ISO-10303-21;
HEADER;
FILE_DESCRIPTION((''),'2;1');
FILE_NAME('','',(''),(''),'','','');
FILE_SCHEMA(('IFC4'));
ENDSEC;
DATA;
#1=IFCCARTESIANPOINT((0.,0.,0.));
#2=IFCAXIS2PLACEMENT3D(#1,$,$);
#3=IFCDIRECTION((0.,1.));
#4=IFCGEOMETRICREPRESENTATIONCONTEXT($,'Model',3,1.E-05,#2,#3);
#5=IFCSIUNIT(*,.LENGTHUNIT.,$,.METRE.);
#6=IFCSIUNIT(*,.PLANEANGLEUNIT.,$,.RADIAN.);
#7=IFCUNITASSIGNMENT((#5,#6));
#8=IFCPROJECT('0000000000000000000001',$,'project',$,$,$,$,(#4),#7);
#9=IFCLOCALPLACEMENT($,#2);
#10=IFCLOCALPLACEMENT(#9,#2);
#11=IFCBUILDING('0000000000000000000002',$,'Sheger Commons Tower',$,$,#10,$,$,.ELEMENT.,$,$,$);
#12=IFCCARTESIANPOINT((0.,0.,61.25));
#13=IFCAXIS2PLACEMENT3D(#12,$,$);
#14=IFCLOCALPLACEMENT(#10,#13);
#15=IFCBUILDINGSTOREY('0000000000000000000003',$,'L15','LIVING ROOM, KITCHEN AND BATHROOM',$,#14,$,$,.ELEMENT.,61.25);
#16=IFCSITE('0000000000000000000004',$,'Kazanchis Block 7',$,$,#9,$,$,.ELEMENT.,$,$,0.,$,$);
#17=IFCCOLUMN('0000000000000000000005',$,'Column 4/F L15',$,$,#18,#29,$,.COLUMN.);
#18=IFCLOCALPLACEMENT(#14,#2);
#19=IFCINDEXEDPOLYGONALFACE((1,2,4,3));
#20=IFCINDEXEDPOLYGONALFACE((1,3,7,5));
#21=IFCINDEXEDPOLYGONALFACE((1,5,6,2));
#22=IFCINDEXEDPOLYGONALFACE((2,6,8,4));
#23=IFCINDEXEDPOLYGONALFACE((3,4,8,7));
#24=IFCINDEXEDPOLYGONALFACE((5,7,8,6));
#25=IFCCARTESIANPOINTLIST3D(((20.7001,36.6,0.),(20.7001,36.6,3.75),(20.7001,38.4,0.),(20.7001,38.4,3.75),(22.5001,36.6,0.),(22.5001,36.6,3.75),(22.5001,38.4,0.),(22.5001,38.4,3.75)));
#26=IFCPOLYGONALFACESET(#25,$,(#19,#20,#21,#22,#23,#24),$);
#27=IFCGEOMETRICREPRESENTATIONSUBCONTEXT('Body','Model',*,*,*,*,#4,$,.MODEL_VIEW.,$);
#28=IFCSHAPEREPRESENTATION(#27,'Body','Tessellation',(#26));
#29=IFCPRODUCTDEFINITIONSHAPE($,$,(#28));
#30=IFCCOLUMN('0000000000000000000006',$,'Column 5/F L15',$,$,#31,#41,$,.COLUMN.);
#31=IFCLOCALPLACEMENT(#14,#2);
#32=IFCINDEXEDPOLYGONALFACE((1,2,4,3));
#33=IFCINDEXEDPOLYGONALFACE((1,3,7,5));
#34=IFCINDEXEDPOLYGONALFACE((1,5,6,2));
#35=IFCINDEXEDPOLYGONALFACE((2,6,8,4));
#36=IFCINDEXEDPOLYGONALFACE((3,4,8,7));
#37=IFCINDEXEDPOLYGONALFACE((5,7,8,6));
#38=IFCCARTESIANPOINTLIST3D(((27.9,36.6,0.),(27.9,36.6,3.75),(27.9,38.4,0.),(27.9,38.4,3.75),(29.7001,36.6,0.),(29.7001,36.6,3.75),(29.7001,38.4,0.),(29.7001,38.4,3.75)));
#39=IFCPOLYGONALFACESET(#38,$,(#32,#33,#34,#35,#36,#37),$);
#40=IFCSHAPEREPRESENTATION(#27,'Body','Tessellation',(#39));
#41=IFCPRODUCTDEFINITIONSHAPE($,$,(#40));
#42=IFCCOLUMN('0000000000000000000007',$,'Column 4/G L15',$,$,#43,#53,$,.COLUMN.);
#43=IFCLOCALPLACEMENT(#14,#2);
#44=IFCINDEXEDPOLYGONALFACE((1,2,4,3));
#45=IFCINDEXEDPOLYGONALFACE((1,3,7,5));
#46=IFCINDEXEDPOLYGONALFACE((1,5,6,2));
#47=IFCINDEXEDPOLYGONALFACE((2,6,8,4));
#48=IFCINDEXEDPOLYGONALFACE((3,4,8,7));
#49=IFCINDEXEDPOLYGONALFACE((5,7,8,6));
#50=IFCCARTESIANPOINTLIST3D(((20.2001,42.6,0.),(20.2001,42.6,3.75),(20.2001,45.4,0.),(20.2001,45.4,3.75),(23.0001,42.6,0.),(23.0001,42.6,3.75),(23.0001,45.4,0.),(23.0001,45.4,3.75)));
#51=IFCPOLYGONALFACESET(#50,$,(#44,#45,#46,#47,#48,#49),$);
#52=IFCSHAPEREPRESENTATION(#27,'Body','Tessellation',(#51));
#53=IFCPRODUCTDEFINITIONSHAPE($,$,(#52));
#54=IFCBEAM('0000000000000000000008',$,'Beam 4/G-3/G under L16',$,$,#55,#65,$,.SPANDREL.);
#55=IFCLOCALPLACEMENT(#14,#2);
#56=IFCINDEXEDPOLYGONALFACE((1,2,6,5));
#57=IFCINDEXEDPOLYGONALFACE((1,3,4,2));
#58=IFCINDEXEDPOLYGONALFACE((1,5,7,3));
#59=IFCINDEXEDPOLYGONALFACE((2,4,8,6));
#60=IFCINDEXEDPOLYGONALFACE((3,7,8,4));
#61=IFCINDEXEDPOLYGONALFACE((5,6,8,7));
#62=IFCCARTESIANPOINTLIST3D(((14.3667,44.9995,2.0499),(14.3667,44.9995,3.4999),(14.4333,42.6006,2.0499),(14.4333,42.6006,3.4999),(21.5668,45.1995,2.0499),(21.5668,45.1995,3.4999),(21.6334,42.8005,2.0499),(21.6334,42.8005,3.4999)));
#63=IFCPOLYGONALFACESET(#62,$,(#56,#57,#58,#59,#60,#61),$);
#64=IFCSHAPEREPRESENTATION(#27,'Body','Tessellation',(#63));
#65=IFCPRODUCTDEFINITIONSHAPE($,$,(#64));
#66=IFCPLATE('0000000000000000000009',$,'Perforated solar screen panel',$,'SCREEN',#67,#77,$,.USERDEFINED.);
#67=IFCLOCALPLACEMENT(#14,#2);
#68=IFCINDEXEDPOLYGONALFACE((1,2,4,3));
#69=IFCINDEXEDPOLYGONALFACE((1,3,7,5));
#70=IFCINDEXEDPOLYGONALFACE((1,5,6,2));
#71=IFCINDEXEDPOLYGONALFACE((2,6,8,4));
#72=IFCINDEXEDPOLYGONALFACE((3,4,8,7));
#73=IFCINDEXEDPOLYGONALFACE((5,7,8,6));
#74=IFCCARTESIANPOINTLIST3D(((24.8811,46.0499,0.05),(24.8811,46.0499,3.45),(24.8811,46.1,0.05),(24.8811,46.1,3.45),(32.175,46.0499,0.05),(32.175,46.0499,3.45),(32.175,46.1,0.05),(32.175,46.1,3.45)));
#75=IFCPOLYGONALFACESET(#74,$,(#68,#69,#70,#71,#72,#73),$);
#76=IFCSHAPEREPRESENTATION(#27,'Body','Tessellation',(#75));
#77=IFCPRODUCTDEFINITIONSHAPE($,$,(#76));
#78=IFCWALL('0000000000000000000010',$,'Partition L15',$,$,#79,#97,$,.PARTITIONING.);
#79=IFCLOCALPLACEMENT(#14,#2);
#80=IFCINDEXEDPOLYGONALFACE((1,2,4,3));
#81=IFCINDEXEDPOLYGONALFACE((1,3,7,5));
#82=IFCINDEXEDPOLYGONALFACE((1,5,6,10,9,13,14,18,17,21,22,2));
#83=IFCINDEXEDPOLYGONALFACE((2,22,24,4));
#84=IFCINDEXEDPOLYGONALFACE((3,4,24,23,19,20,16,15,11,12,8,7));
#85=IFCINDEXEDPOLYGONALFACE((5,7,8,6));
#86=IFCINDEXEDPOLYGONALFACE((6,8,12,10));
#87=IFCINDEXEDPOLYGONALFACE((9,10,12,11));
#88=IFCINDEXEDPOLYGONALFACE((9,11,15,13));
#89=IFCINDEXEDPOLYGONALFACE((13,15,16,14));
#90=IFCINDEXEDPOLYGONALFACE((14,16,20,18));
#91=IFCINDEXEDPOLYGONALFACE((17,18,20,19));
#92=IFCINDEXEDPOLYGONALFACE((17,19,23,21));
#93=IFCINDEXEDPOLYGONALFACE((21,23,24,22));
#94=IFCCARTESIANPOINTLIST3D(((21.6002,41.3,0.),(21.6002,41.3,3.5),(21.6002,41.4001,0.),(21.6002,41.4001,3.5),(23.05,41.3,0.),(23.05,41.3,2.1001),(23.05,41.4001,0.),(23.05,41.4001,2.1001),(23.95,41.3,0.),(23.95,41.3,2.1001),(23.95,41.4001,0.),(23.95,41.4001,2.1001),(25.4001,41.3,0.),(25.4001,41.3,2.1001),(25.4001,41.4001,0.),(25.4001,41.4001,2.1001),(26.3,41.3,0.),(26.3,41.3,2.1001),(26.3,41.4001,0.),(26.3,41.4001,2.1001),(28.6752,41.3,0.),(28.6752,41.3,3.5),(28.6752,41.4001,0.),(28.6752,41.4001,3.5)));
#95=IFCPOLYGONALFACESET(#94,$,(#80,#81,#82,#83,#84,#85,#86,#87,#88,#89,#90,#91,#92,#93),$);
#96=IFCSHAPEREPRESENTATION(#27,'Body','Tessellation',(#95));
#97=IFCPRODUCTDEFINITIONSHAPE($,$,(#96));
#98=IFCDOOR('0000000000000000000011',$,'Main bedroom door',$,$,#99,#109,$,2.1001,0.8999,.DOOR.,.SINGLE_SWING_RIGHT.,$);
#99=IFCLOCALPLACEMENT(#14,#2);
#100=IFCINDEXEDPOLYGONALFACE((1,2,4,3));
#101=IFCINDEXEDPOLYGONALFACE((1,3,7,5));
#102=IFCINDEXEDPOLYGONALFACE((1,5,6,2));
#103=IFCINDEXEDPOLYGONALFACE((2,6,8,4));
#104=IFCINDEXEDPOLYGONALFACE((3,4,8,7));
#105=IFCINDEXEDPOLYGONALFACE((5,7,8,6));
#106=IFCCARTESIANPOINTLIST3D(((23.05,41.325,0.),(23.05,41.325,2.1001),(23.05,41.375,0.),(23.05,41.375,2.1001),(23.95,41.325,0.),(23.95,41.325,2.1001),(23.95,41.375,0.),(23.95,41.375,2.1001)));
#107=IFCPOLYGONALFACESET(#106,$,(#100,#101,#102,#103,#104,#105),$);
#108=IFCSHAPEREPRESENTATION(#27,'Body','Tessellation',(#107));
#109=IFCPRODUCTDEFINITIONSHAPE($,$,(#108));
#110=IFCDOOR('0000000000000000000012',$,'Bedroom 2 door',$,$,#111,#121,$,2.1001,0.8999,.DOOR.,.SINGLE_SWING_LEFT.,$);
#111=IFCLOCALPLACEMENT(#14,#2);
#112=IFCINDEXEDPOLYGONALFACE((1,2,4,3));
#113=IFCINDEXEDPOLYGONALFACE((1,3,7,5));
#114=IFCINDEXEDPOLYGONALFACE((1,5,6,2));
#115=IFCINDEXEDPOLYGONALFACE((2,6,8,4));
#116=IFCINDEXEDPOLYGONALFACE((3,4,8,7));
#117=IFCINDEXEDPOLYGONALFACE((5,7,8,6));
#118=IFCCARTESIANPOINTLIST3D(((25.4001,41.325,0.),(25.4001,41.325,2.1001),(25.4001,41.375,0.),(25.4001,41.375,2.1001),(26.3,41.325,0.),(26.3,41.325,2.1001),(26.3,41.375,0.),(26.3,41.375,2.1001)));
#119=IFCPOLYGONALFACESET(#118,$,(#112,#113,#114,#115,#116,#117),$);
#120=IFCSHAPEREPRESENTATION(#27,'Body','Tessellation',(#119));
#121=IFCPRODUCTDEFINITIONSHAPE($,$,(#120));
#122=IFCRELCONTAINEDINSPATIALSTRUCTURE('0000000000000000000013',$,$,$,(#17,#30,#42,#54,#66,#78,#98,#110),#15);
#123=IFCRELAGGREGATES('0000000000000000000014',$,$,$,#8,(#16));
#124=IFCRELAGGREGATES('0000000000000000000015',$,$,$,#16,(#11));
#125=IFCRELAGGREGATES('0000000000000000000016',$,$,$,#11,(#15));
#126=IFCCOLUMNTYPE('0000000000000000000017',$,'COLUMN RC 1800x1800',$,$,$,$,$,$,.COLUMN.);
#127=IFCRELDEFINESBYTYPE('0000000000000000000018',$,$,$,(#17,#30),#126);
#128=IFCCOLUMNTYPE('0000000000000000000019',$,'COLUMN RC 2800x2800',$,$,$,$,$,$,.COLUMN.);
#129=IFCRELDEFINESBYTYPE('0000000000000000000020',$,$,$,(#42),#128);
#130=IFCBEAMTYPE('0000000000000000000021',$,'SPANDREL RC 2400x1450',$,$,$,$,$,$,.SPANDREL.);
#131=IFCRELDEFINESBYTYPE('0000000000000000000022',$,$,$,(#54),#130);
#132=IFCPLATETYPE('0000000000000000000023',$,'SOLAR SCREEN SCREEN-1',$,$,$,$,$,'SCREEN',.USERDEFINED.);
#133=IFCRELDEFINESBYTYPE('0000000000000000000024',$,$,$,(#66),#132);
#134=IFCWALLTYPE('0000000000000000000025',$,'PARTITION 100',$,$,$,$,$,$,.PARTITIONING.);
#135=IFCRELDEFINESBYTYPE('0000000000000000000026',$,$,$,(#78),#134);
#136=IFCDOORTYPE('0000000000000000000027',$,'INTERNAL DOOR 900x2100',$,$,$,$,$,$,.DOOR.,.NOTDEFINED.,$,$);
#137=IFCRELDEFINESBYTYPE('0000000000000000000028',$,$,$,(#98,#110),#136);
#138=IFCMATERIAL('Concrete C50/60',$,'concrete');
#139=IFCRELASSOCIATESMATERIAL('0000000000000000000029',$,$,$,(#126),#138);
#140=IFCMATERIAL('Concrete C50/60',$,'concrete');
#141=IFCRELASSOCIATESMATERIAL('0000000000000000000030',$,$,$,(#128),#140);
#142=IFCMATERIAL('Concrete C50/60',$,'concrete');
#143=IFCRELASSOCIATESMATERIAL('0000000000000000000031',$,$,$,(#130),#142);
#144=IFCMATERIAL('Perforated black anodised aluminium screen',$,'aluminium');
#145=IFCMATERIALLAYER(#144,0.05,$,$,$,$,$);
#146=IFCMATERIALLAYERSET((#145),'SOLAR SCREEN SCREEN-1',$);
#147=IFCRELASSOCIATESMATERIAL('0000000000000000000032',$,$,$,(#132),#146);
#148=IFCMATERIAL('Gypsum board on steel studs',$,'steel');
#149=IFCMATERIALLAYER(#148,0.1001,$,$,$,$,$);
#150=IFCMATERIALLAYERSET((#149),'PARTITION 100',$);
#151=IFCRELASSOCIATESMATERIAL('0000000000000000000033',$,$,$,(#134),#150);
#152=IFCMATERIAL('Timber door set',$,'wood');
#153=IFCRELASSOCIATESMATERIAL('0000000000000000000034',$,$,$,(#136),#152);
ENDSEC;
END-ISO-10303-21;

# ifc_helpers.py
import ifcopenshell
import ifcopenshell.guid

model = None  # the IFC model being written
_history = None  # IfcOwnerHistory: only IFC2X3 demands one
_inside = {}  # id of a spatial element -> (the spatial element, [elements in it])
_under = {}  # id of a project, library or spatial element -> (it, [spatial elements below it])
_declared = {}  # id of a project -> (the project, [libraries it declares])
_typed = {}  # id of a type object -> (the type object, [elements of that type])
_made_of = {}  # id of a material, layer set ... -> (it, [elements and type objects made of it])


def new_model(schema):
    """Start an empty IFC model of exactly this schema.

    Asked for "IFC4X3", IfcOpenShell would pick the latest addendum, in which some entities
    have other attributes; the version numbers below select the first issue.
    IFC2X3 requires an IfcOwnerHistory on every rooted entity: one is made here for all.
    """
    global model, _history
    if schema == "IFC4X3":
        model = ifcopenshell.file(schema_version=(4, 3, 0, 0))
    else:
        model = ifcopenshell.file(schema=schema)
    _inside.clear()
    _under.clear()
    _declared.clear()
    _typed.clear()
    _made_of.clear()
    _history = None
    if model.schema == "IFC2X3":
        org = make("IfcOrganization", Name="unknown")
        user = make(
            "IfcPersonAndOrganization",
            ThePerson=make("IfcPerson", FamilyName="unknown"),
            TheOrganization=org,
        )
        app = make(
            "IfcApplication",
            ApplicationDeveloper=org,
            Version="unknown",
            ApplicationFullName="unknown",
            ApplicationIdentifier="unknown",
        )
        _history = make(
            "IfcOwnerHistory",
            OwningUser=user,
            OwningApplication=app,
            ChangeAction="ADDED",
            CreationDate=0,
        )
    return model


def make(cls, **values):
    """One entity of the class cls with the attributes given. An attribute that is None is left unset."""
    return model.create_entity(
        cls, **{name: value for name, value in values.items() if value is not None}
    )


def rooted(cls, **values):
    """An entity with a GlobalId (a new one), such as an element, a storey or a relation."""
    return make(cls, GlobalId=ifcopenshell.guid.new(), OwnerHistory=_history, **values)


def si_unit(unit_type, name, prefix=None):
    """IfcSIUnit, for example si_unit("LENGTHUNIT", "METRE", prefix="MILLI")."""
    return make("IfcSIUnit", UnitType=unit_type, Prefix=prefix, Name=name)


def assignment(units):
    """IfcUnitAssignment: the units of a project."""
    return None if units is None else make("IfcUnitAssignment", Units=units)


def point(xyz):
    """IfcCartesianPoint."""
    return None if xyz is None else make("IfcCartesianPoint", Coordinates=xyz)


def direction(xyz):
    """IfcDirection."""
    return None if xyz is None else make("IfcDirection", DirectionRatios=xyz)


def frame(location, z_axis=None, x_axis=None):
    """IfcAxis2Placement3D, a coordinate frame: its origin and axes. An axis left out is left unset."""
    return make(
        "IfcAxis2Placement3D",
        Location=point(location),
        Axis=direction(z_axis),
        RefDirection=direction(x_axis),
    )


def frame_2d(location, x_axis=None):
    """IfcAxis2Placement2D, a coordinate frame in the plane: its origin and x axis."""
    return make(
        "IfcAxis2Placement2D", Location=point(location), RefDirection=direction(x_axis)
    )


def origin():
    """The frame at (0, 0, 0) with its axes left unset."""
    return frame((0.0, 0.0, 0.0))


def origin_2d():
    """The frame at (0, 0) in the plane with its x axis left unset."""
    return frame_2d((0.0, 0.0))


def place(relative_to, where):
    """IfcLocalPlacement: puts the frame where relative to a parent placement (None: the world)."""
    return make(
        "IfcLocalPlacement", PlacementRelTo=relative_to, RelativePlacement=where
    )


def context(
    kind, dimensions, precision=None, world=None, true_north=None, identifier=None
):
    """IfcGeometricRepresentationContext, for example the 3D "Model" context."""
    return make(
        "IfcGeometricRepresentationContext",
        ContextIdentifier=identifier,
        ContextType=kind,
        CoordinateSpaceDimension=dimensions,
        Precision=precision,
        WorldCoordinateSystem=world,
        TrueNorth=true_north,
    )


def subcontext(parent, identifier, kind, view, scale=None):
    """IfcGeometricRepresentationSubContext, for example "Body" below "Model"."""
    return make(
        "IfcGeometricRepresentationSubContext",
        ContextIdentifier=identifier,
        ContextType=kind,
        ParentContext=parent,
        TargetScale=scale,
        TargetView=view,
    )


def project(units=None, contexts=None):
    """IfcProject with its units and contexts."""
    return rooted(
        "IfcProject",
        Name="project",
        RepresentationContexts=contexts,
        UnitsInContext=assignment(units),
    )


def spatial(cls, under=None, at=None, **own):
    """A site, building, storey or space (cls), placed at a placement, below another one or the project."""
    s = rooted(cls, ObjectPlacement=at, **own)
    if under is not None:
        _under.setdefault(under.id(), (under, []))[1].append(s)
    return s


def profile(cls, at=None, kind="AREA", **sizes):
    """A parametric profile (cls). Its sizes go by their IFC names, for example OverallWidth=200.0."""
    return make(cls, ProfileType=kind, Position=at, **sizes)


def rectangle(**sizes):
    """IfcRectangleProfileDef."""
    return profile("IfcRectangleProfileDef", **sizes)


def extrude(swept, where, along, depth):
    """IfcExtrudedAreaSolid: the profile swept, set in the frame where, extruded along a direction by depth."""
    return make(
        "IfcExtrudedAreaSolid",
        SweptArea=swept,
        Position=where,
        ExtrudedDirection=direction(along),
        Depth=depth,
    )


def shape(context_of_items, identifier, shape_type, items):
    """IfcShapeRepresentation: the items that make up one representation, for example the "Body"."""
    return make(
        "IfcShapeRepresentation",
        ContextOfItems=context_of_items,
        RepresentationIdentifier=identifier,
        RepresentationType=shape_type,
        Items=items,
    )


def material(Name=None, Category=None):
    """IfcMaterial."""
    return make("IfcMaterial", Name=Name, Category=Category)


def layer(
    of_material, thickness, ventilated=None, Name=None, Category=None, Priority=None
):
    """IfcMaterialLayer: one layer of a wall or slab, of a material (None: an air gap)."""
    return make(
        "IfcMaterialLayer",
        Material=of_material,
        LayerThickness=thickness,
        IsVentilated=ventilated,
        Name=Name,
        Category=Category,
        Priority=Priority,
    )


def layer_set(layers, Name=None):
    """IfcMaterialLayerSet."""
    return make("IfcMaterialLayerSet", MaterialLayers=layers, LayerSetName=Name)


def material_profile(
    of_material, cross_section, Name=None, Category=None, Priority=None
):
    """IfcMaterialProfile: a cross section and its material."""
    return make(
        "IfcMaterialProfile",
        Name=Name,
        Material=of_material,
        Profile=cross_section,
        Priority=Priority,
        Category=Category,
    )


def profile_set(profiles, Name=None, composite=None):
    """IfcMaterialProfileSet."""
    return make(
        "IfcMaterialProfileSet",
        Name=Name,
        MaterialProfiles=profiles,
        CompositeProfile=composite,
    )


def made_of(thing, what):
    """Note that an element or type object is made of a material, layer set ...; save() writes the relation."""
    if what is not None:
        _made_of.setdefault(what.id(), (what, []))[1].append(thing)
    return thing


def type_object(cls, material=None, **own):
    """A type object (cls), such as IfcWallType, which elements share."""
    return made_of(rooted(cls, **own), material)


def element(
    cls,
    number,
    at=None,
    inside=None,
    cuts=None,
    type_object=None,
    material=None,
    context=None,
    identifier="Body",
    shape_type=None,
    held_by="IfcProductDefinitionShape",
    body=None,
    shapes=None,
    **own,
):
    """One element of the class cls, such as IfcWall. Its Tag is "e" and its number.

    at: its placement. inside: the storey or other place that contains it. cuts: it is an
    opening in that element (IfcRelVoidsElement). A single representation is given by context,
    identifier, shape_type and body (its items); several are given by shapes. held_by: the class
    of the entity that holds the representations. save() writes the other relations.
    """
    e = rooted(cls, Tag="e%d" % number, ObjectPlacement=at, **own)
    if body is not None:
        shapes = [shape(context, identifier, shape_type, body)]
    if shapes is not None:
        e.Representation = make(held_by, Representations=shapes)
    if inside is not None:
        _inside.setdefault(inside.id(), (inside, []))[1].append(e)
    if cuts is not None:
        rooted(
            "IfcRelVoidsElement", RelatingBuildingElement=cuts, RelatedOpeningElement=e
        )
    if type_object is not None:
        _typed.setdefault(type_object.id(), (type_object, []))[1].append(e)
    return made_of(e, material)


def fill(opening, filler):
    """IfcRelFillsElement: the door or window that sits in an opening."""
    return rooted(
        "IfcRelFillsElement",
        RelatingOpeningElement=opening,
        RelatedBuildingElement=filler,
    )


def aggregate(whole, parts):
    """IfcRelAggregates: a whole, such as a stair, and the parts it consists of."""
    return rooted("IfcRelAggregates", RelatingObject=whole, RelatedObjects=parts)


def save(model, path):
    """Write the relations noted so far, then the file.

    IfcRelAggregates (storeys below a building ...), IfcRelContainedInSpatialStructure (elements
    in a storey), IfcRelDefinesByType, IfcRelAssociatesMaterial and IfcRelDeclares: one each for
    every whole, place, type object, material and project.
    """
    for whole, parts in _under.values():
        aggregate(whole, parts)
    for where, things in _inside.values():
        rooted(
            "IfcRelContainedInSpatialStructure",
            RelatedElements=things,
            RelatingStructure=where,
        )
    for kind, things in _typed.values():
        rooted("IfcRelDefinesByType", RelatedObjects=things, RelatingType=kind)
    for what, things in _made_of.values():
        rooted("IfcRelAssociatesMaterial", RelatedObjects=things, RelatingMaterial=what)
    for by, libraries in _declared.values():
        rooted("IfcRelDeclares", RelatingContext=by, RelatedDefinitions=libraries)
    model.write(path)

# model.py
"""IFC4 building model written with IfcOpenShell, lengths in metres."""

from ifc_helpers import new_model, si_unit, direction, frame, frame_2d, origin, origin_2d, place, context, subcontext, project, spatial, rectangle, extrude, material, layer, layer_set, material_profile, profile_set, type_object, element, fill, save


model = new_model("IFC4")

# Units and contexts
model_context = context("Model", 3, precision=1e-05, world=origin(), true_north=direction((0.0, 1.0)))
body_context = subcontext(model_context, "Body", "Model", "MODEL_VIEW")
ifc_project = project(units=[si_unit("LENGTHUNIT", "METRE"), si_unit("PLANEANGLEUNIT", "RADIAN")], contexts=[model_context])

# Site, building, storey
site_placement = place(None, origin())
site = spatial("IfcSite", under=ifc_project, at=site_placement, Name="Kazanchis Block 7", CompositionType="ELEMENT", RefElevation=0.0)
building_placement = place(site_placement, origin())
building = spatial("IfcBuilding", under=site, at=building_placement, Name="Sheger Commons Tower", CompositionType="ELEMENT")
storey_placement = place(building_placement, frame((0.0, 0.0, 61.25)))
storey = spatial("IfcBuildingStorey", under=building, at=storey_placement, Name="L15", Description="LIVING ROOM, KITCHEN AND BATHROOM", CompositionType="ELEMENT", Elevation=61.25)

# Columns
ifc_material_1 = material(Name="Concrete C50/60", Category="concrete")
ifc_material_profile_1 = material_profile(ifc_material_1, rectangle(XDim=1.8, YDim=1.8, at=origin_2d()), Name="RC 1800x1800")
ifc_profile_set_1 = profile_set([ifc_material_profile_1], Name="Concrete C50/60")
column_type_1 = type_object("IfcColumnType", Name="COLUMN RC 1800x1800", PredefinedType="COLUMN", material=ifc_profile_set_1)
for number, where, z_axis, x_axis, name in (
    (1, (21.6001, 37.5, 0.0), (0.0, 0.0, 1.0), (1.0, 0.0, 0.0), "Column 4/F L15"),
    (2, (28.8, 37.5, 0.0), (0.0, 0.0, 1.0), (1.0, 0.0, 0.0), "Column 5/F L15"),
):
    element("IfcColumn", number, at=place(storey_placement, frame(where, z_axis=z_axis, x_axis=x_axis)), inside=storey, type_object=column_type_1, Name=name, PredefinedType="COLUMN", context=body_context, shape_type="SweptSolid", body=[
        extrude(rectangle(XDim=1.8, YDim=1.8, at=origin_2d()), origin(), (0.0, 0.0, 1.0), 3.75),
    ])
ifc_material_2 = material(Name="Concrete C50/60", Category="concrete")
ifc_material_profile_2 = material_profile(ifc_material_2, rectangle(XDim=2.8, YDim=2.8, at=origin_2d()), Name="RC 2800x2800")
ifc_profile_set_2 = profile_set([ifc_material_profile_2], Name="Concrete C50/60")
column_type_2 = type_object("IfcColumnType", Name="COLUMN RC 2800x2800", PredefinedType="COLUMN", material=ifc_profile_set_2)
column_placement = place(storey_placement, frame((21.6001, 44.0, 0.0), z_axis=(0.0, 0.0, 1.0), x_axis=(1.0, 0.0, 0.0)))
element("IfcColumn", 3, at=column_placement, inside=storey, type_object=column_type_2, Name="Column 4/G L15", PredefinedType="COLUMN", context=body_context, shape_type="SweptSolid", body=[
    extrude(rectangle(XDim=2.8, YDim=2.8, at=origin_2d()), origin(), (0.0, 0.0, 1.0), 3.75),
])

# Beam
ifc_material_3 = material(Name="Concrete C50/60", Category="concrete")
ifc_material_profile_3 = material_profile(ifc_material_3, rectangle(XDim=2.3999, YDim=1.45, at=origin_2d()), Name="RC 2400x1450")
ifc_profile_set_3 = profile_set([ifc_material_profile_3], Name="Concrete C50/60")
beam_type = type_object("IfcBeamType", Name="SPANDREL RC 2400x1450", PredefinedType="SPANDREL", material=ifc_profile_set_3)
beam_placement = place(storey_placement, frame((21.6001, 44.0, 2.7749), z_axis=(-0.999615, -0.02776, 0.0), x_axis=(0.02776, -0.999615, 0.0)))
element("IfcBeam", 4, at=beam_placement, inside=storey, type_object=beam_type, Name="Beam 4/G-3/G under L16", PredefinedType="SPANDREL", context=body_context, shape_type="SweptSolid", body=[
    extrude(rectangle(XDim=2.3999, YDim=1.45, at=origin_2d()), origin(), (0.0, 0.0, 1.0), 7.2029),
])

# Plate
ifc_material_4 = material(Name="Perforated black anodised aluminium screen", Category="aluminium")
ifc_layer_1 = layer(ifc_material_4, 0.05)
ifc_layer_set_1 = layer_set([ifc_layer_1], Name="SOLAR SCREEN SCREEN-1")
plate_type = type_object("IfcPlateType", Name="SOLAR SCREEN SCREEN-1", ElementType="SCREEN", PredefinedType="USERDEFINED", material=ifc_layer_set_1)
plate_placement = place(storey_placement, frame((28.5281, 46.075, 0.05), z_axis=(0.0, 0.0, 1.0), x_axis=(-1.0, 0.0, 0.0)))
element("IfcPlate", 5, at=plate_placement, inside=storey, type_object=plate_type, Name="Perforated solar screen panel", ObjectType="SCREEN", PredefinedType="USERDEFINED", context=body_context, shape_type="SweptSolid", body=[
    extrude(rectangle(XDim=7.2939, YDim=0.05, at=origin_2d()), origin(), (0.0, 0.0, 1.0), 3.3999),
])

# Wall, openings, doors
ifc_material_5 = material(Name="Gypsum board on steel studs", Category="steel")
ifc_layer_2 = layer(ifc_material_5, 0.1001)
ifc_layer_set_2 = layer_set([ifc_layer_2], Name="PARTITION 100")
wall_type = type_object("IfcWallType", Name="PARTITION 100", PredefinedType="PARTITIONING", material=ifc_layer_set_2)
wall_1_placement = place(storey_placement, frame((21.6001, 41.3501, 0.0), z_axis=(0.0, 0.0, 1.0), x_axis=(1.0, 0.0, 0.0)))
wall_1 = element("IfcWall", 6, at=wall_1_placement, inside=storey, type_object=wall_type, Name="Partition L15", PredefinedType="PARTITIONING", context=body_context, shape_type="SweptSolid", body=[
    extrude(rectangle(XDim=7.075, YDim=0.1001, at=frame_2d((3.5376, 0.0))), origin(), (0.0, 0.0, 1.0), 3.5),
])
opening_1_placement = place(wall_1_placement, frame((1.45, 0.0, 0.0)))
opening_1 = element("IfcOpeningElement", 7, at=opening_1_placement, cuts=wall_1, PredefinedType="OPENING", context=body_context, shape_type="SweptSolid", body=[
    extrude(rectangle(XDim=0.8999, YDim=2.1001, at=frame_2d((0.45, 1.05))), frame((0.0, 0.0601, 0.0), z_axis=(0.0, -1.0, 0.0), x_axis=(1.0, 0.0, 0.0)), (0.0, 0.0, 1.0), 0.1201),
])
opening_2_placement = place(wall_1_placement, frame((3.8, 0.0, 0.0)))
opening_2 = element("IfcOpeningElement", 8, at=opening_2_placement, cuts=wall_1, PredefinedType="OPENING", context=body_context, shape_type="SweptSolid", body=[
    extrude(rectangle(XDim=0.8999, YDim=2.1001, at=frame_2d((0.45, 1.05))), frame((0.0, 0.0601, 0.0), z_axis=(0.0, -1.0, 0.0), x_axis=(1.0, 0.0, 0.0)), (0.0, 0.0, 1.0), 0.1201),
])
ifc_material_6 = material(Name="Timber door set", Category="wood")
door_type = type_object("IfcDoorType", Name="INTERNAL DOOR 900x2100", OperationType="NOTDEFINED", PredefinedType="DOOR", material=ifc_material_6)
door_1_placement = place(opening_1_placement, origin())
door_1 = element("IfcDoor", 9, at=door_1_placement, inside=storey, type_object=door_type, Name="Main bedroom door", OperationType="SINGLE_SWING_RIGHT", OverallHeight=2.1001, OverallWidth=0.8999, PredefinedType="DOOR", context=body_context, shape_type="SweptSolid", body=[
    extrude(rectangle(XDim=0.8999, YDim=2.1001, at=frame_2d((0.45, 1.05))), frame((0.0, 0.0249, 0.0), z_axis=(0.0, -1.0, 0.0), x_axis=(1.0, 0.0, 0.0)), (0.0, 0.0, 1.0), 0.05),
])
fill(opening_1, door_1)
door_2_placement = place(opening_2_placement, origin())
door_2 = element("IfcDoor", 10, at=door_2_placement, inside=storey, type_object=door_type, Name="Bedroom 2 door", OperationType="SINGLE_SWING_LEFT", OverallHeight=2.1001, OverallWidth=0.8999, PredefinedType="DOOR", context=body_context, shape_type="SweptSolid", body=[
    extrude(rectangle(XDim=0.8999, YDim=2.1001, at=frame_2d((0.45, 1.05))), frame((0.0, 0.0249, 0.0), z_axis=(0.0, -1.0, 0.0), x_axis=(1.0, 0.0, 0.0)), (0.0, 0.0, 1.0), 0.05),
])
fill(opening_2, door_2)

save(model, "model.ifc")
